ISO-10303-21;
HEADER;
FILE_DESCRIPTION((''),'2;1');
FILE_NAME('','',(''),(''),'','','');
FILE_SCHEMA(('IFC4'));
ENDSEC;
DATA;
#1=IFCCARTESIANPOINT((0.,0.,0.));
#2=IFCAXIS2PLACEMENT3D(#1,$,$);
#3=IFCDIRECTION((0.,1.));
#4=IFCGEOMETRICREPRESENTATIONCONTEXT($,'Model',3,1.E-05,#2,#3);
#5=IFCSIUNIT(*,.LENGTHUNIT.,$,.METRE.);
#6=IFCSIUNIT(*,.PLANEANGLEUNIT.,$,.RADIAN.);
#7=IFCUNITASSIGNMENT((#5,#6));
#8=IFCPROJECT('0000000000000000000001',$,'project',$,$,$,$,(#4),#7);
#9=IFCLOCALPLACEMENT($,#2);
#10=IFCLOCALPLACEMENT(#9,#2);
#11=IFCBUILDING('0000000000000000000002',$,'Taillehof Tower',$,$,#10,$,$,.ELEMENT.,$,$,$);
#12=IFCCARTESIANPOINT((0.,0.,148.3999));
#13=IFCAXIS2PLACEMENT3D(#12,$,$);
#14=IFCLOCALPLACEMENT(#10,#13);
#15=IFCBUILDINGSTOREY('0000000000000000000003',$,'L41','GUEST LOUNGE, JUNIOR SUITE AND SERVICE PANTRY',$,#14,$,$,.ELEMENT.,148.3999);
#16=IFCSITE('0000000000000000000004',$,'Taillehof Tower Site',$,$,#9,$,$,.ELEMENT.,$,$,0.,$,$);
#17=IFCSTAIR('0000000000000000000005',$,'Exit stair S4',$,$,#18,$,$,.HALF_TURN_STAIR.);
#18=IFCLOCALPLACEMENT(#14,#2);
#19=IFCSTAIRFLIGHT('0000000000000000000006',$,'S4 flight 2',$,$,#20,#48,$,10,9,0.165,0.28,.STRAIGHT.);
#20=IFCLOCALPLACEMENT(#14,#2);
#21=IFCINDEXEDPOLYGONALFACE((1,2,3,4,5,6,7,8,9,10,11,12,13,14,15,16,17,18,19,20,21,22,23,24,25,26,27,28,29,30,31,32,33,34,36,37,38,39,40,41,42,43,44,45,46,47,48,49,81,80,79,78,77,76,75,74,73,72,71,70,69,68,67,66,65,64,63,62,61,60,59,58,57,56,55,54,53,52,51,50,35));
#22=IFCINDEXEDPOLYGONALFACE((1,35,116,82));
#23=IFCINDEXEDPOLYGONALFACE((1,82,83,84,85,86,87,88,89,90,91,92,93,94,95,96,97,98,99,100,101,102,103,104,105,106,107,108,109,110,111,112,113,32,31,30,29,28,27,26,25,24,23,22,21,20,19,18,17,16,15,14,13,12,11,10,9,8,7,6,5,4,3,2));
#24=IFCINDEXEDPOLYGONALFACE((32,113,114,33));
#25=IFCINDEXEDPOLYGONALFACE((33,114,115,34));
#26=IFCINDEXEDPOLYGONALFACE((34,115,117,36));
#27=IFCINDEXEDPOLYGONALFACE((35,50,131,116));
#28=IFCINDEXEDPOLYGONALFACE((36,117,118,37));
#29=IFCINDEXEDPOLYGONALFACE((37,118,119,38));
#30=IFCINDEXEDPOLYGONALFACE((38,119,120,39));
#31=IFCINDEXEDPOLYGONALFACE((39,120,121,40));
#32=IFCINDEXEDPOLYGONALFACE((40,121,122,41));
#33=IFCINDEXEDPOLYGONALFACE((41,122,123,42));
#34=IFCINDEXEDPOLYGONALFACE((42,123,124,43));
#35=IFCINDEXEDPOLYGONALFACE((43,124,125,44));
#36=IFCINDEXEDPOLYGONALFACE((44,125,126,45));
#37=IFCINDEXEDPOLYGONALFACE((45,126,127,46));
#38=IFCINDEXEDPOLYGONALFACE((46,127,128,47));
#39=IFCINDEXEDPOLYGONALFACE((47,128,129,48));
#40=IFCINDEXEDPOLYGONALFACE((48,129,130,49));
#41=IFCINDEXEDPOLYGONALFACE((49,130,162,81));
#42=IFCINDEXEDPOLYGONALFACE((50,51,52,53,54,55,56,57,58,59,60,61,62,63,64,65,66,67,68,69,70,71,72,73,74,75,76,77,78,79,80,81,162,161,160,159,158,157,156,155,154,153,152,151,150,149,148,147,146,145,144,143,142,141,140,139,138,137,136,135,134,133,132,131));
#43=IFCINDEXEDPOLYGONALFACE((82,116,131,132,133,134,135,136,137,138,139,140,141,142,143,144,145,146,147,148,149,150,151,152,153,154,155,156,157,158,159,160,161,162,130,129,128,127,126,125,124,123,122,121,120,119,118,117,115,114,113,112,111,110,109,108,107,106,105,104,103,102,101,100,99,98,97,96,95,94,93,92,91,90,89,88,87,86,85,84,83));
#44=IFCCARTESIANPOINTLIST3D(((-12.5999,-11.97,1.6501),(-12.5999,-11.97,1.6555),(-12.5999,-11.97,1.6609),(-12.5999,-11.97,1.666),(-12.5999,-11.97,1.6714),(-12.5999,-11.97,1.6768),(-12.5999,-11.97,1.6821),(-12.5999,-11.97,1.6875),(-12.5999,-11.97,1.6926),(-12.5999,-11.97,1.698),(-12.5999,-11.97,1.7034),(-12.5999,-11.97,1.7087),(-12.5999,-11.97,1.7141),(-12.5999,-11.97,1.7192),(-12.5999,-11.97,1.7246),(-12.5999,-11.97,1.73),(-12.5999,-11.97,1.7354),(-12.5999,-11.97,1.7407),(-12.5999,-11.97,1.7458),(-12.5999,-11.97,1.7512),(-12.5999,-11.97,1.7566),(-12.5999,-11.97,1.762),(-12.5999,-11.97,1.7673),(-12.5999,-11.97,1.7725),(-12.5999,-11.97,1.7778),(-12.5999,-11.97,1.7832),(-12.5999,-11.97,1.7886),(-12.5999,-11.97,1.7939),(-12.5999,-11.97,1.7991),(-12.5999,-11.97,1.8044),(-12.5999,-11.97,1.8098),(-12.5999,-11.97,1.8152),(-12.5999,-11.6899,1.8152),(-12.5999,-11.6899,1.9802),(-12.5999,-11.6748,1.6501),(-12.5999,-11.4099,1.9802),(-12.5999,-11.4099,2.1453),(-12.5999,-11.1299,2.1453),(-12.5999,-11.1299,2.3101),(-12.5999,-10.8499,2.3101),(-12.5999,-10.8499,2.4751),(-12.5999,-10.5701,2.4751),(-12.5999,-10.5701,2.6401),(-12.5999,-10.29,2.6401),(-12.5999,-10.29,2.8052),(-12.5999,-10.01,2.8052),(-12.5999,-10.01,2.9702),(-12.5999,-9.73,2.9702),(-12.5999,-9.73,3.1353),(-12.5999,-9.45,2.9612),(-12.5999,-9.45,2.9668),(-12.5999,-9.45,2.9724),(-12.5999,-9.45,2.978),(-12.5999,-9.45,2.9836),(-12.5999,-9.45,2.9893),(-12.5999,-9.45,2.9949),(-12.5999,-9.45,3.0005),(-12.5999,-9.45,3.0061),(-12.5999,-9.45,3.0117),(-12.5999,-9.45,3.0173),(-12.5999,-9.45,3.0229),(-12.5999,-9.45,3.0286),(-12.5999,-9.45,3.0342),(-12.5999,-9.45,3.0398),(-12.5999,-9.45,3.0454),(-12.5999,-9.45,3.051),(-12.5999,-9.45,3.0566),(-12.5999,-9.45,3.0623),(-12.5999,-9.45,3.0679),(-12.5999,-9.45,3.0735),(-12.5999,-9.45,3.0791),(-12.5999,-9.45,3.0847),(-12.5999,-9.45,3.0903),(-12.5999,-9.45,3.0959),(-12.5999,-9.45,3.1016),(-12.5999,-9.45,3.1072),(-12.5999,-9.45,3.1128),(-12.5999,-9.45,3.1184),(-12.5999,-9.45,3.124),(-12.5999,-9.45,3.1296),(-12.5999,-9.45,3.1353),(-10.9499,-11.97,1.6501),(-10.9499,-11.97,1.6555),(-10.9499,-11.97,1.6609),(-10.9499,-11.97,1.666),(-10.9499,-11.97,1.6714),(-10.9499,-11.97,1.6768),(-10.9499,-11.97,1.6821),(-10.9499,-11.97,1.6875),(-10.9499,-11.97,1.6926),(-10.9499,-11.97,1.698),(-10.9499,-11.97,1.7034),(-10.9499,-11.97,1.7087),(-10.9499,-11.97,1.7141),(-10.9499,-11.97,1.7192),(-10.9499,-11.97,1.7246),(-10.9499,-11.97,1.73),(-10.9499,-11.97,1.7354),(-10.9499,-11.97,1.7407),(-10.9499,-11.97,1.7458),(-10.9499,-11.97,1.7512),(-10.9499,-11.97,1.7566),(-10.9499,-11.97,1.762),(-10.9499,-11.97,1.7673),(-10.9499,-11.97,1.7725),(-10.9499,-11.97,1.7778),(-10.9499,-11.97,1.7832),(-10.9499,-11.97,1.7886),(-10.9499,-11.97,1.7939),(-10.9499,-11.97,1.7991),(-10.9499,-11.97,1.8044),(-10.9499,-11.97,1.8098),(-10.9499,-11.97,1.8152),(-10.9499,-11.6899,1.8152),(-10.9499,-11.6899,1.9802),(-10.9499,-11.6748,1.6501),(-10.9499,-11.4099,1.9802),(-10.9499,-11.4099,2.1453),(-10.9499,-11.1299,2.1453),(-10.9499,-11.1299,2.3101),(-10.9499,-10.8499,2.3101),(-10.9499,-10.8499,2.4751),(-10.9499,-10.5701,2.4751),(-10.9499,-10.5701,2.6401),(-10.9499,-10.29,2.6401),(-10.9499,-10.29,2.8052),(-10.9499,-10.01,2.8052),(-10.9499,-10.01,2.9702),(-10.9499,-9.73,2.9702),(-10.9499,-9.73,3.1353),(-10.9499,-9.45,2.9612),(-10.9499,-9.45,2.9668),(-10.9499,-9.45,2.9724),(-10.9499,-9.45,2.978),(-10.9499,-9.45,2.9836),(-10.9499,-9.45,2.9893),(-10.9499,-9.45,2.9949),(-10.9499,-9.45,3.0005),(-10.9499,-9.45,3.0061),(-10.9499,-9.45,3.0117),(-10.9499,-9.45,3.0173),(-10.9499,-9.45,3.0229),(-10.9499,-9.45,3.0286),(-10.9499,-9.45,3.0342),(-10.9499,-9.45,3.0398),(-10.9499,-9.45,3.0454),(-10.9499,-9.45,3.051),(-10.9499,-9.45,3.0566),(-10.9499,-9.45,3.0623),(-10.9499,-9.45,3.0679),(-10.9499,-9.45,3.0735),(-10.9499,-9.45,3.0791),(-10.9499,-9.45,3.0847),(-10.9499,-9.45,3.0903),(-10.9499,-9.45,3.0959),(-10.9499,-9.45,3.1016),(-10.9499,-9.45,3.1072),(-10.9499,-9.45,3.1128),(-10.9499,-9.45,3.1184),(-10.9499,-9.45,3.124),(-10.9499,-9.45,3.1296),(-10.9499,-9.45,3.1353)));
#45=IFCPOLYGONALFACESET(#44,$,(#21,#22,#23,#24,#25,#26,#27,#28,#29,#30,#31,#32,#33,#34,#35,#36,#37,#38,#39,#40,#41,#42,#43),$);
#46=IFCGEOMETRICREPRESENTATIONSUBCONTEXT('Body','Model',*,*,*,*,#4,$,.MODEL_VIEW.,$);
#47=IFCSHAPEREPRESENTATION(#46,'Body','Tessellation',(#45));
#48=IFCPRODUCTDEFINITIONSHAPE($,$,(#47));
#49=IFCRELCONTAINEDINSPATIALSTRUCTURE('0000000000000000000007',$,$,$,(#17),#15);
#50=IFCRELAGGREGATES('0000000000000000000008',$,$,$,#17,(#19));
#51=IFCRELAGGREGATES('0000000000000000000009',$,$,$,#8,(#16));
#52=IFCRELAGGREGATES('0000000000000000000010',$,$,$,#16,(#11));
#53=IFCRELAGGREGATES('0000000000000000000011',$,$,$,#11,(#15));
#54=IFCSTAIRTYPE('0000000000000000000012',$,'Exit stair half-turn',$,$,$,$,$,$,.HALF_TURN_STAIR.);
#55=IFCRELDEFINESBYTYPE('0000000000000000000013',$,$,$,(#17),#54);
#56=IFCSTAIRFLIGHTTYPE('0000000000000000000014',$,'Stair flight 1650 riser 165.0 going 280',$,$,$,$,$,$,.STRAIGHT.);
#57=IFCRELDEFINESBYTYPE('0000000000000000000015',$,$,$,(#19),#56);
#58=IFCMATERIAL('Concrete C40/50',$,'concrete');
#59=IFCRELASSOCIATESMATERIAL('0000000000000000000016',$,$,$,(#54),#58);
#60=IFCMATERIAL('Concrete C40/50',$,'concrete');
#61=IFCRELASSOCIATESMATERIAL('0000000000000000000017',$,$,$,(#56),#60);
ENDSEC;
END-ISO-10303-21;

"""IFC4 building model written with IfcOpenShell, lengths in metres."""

from ifc_helpers import new_model, si_unit, direction, frame, origin, place, context, subcontext, project, spatial, polyline, outline, extrude, material, type_object, element, aggregate, save


model = new_model("IFC4")

# Units and contexts
model_context = context("Model", 3, precision=1e-05, world=origin(), true_north=direction((0.0, 1.0)))
body_context = subcontext(model_context, "Body", "Model", "MODEL_VIEW")
ifc_project = project(units=[si_unit("LENGTHUNIT", "METRE"), si_unit("PLANEANGLEUNIT", "RADIAN")], contexts=[model_context])

# Site, building, storey
site_placement = place(None, origin())
site = spatial("IfcSite", under=ifc_project, at=site_placement, Name="Taillehof Tower Site", CompositionType="ELEMENT", RefElevation=0.0)
building_placement = place(site_placement, origin())
building = spatial("IfcBuilding", under=site, at=building_placement, Name="Taillehof Tower", CompositionType="ELEMENT")
storey_placement = place(building_placement, frame((0.0, 0.0, 148.3999)))
storey = spatial("IfcBuildingStorey", under=building, at=storey_placement, Name="L41", Description="GUEST LOUNGE, JUNIOR SUITE AND SERVICE PANTRY", CompositionType="ELEMENT", Elevation=148.3999)

# Stair, stair flight
ifc_material_1 = material(Name="Concrete C40/50", Category="concrete")
stair_type = type_object("IfcStairType", Name="Exit stair half-turn", PredefinedType="HALF_TURN_STAIR", material=ifc_material_1)
stair_placement = place(storey_placement, origin())
stair = element("IfcStair", 1, at=stair_placement, inside=storey, type_object=stair_type, Name="Exit stair S4", PredefinedType="HALF_TURN_STAIR")
ifc_material_2 = material(Name="Concrete C40/50", Category="concrete")
stair_flight_type = type_object("IfcStairFlightType", Name="Stair flight 1650 riser 165.0 going 280", PredefinedType="STRAIGHT", material=ifc_material_2)
stair_flight_placement = place(storey_placement, frame((-11.7749, -11.97, 1.6501), z_axis=(0.0, 0.0, 1.0), x_axis=(0.0, 1.0, 0.0)))
stair_flight = element("IfcStairFlight", 2, at=stair_flight_placement, type_object=stair_flight_type, Name="S4 flight 2", NumberOfRisers=10, NumberOfTreads=9, PredefinedType="STRAIGHT", RiserHeight=0.165, TreadLength=0.28, context=body_context, shape_type="SweptSolid", body=[
    extrude(outline(polyline([(0.0, 0.0), (0.0, 0.0054), (0.0, 0.0107), (0.0, 0.0159), (0.0, 0.0212), (0.0, 0.0266), (0.0, 0.032), (0.0, 0.0374), (0.0, 0.0425), (0.0, 0.0479), (0.0, 0.0532), (0.0, 0.0586), (0.0, 0.064), (0.0, 0.0691), (0.0, 0.0745), (0.0, 0.0798), (0.0, 0.0852), (0.0, 0.0906), (0.0, 0.0957), (0.0, 0.1011), (0.0, 0.1064), (0.0, 0.1118), (0.0, 0.1172), (0.0, 0.1223), (0.0, 0.1277), (0.0, 0.1331), (0.0, 0.1384), (0.0, 0.1438), (0.0, 0.1489), (0.0, 0.1543), (0.0, 0.1597), (0.0, 0.165), (0.28, 0.165), (0.28, 0.3301), (0.5601, 0.3301), (0.5601, 0.4951), (0.8401, 0.4951), (0.8401, 0.6599), (1.1201, 0.6599), (1.1201, 0.825), (1.3999, 0.825), (1.3999, 0.99), (1.6799, 0.99), (1.6799, 1.155), (1.96, 1.155), (1.96, 1.3201), (2.24, 1.3201), (2.24, 1.4851), (2.52, 1.4851), (2.52, 1.4795), (2.52, 1.4739), (2.52, 1.4683), (2.52, 1.4626), (2.52, 1.457), (2.52, 1.4514), (2.52, 1.4458), (2.52, 1.4402), (2.52, 1.4346), (2.52, 1.429), (2.52, 1.4233), (2.52, 1.4177), (2.52, 1.4121), (2.52, 1.4065), (2.52, 1.4009), (2.52, 1.3953), (2.52, 1.3896), (2.52, 1.384), (2.52, 1.3784), (2.52, 1.3728), (2.52, 1.3672), (2.52, 1.3616), (2.52, 1.356), (2.52, 1.3503), (2.52, 1.3447), (2.52, 1.3391), (2.52, 1.3335), (2.52, 1.3279), (2.52, 1.3223), (2.52, 1.3167), (2.52, 1.311), (0.2952, 0.0), (0.0, 0.0)])), frame((0.0, 0.825, 0.0), z_axis=(0.0, -1.0, 0.0), x_axis=(1.0, 0.0, 0.0)), (0.0, 0.0, 1.0), 1.65),
])
aggregate(stair, [stair_flight])

save(model, "model.ifc")
